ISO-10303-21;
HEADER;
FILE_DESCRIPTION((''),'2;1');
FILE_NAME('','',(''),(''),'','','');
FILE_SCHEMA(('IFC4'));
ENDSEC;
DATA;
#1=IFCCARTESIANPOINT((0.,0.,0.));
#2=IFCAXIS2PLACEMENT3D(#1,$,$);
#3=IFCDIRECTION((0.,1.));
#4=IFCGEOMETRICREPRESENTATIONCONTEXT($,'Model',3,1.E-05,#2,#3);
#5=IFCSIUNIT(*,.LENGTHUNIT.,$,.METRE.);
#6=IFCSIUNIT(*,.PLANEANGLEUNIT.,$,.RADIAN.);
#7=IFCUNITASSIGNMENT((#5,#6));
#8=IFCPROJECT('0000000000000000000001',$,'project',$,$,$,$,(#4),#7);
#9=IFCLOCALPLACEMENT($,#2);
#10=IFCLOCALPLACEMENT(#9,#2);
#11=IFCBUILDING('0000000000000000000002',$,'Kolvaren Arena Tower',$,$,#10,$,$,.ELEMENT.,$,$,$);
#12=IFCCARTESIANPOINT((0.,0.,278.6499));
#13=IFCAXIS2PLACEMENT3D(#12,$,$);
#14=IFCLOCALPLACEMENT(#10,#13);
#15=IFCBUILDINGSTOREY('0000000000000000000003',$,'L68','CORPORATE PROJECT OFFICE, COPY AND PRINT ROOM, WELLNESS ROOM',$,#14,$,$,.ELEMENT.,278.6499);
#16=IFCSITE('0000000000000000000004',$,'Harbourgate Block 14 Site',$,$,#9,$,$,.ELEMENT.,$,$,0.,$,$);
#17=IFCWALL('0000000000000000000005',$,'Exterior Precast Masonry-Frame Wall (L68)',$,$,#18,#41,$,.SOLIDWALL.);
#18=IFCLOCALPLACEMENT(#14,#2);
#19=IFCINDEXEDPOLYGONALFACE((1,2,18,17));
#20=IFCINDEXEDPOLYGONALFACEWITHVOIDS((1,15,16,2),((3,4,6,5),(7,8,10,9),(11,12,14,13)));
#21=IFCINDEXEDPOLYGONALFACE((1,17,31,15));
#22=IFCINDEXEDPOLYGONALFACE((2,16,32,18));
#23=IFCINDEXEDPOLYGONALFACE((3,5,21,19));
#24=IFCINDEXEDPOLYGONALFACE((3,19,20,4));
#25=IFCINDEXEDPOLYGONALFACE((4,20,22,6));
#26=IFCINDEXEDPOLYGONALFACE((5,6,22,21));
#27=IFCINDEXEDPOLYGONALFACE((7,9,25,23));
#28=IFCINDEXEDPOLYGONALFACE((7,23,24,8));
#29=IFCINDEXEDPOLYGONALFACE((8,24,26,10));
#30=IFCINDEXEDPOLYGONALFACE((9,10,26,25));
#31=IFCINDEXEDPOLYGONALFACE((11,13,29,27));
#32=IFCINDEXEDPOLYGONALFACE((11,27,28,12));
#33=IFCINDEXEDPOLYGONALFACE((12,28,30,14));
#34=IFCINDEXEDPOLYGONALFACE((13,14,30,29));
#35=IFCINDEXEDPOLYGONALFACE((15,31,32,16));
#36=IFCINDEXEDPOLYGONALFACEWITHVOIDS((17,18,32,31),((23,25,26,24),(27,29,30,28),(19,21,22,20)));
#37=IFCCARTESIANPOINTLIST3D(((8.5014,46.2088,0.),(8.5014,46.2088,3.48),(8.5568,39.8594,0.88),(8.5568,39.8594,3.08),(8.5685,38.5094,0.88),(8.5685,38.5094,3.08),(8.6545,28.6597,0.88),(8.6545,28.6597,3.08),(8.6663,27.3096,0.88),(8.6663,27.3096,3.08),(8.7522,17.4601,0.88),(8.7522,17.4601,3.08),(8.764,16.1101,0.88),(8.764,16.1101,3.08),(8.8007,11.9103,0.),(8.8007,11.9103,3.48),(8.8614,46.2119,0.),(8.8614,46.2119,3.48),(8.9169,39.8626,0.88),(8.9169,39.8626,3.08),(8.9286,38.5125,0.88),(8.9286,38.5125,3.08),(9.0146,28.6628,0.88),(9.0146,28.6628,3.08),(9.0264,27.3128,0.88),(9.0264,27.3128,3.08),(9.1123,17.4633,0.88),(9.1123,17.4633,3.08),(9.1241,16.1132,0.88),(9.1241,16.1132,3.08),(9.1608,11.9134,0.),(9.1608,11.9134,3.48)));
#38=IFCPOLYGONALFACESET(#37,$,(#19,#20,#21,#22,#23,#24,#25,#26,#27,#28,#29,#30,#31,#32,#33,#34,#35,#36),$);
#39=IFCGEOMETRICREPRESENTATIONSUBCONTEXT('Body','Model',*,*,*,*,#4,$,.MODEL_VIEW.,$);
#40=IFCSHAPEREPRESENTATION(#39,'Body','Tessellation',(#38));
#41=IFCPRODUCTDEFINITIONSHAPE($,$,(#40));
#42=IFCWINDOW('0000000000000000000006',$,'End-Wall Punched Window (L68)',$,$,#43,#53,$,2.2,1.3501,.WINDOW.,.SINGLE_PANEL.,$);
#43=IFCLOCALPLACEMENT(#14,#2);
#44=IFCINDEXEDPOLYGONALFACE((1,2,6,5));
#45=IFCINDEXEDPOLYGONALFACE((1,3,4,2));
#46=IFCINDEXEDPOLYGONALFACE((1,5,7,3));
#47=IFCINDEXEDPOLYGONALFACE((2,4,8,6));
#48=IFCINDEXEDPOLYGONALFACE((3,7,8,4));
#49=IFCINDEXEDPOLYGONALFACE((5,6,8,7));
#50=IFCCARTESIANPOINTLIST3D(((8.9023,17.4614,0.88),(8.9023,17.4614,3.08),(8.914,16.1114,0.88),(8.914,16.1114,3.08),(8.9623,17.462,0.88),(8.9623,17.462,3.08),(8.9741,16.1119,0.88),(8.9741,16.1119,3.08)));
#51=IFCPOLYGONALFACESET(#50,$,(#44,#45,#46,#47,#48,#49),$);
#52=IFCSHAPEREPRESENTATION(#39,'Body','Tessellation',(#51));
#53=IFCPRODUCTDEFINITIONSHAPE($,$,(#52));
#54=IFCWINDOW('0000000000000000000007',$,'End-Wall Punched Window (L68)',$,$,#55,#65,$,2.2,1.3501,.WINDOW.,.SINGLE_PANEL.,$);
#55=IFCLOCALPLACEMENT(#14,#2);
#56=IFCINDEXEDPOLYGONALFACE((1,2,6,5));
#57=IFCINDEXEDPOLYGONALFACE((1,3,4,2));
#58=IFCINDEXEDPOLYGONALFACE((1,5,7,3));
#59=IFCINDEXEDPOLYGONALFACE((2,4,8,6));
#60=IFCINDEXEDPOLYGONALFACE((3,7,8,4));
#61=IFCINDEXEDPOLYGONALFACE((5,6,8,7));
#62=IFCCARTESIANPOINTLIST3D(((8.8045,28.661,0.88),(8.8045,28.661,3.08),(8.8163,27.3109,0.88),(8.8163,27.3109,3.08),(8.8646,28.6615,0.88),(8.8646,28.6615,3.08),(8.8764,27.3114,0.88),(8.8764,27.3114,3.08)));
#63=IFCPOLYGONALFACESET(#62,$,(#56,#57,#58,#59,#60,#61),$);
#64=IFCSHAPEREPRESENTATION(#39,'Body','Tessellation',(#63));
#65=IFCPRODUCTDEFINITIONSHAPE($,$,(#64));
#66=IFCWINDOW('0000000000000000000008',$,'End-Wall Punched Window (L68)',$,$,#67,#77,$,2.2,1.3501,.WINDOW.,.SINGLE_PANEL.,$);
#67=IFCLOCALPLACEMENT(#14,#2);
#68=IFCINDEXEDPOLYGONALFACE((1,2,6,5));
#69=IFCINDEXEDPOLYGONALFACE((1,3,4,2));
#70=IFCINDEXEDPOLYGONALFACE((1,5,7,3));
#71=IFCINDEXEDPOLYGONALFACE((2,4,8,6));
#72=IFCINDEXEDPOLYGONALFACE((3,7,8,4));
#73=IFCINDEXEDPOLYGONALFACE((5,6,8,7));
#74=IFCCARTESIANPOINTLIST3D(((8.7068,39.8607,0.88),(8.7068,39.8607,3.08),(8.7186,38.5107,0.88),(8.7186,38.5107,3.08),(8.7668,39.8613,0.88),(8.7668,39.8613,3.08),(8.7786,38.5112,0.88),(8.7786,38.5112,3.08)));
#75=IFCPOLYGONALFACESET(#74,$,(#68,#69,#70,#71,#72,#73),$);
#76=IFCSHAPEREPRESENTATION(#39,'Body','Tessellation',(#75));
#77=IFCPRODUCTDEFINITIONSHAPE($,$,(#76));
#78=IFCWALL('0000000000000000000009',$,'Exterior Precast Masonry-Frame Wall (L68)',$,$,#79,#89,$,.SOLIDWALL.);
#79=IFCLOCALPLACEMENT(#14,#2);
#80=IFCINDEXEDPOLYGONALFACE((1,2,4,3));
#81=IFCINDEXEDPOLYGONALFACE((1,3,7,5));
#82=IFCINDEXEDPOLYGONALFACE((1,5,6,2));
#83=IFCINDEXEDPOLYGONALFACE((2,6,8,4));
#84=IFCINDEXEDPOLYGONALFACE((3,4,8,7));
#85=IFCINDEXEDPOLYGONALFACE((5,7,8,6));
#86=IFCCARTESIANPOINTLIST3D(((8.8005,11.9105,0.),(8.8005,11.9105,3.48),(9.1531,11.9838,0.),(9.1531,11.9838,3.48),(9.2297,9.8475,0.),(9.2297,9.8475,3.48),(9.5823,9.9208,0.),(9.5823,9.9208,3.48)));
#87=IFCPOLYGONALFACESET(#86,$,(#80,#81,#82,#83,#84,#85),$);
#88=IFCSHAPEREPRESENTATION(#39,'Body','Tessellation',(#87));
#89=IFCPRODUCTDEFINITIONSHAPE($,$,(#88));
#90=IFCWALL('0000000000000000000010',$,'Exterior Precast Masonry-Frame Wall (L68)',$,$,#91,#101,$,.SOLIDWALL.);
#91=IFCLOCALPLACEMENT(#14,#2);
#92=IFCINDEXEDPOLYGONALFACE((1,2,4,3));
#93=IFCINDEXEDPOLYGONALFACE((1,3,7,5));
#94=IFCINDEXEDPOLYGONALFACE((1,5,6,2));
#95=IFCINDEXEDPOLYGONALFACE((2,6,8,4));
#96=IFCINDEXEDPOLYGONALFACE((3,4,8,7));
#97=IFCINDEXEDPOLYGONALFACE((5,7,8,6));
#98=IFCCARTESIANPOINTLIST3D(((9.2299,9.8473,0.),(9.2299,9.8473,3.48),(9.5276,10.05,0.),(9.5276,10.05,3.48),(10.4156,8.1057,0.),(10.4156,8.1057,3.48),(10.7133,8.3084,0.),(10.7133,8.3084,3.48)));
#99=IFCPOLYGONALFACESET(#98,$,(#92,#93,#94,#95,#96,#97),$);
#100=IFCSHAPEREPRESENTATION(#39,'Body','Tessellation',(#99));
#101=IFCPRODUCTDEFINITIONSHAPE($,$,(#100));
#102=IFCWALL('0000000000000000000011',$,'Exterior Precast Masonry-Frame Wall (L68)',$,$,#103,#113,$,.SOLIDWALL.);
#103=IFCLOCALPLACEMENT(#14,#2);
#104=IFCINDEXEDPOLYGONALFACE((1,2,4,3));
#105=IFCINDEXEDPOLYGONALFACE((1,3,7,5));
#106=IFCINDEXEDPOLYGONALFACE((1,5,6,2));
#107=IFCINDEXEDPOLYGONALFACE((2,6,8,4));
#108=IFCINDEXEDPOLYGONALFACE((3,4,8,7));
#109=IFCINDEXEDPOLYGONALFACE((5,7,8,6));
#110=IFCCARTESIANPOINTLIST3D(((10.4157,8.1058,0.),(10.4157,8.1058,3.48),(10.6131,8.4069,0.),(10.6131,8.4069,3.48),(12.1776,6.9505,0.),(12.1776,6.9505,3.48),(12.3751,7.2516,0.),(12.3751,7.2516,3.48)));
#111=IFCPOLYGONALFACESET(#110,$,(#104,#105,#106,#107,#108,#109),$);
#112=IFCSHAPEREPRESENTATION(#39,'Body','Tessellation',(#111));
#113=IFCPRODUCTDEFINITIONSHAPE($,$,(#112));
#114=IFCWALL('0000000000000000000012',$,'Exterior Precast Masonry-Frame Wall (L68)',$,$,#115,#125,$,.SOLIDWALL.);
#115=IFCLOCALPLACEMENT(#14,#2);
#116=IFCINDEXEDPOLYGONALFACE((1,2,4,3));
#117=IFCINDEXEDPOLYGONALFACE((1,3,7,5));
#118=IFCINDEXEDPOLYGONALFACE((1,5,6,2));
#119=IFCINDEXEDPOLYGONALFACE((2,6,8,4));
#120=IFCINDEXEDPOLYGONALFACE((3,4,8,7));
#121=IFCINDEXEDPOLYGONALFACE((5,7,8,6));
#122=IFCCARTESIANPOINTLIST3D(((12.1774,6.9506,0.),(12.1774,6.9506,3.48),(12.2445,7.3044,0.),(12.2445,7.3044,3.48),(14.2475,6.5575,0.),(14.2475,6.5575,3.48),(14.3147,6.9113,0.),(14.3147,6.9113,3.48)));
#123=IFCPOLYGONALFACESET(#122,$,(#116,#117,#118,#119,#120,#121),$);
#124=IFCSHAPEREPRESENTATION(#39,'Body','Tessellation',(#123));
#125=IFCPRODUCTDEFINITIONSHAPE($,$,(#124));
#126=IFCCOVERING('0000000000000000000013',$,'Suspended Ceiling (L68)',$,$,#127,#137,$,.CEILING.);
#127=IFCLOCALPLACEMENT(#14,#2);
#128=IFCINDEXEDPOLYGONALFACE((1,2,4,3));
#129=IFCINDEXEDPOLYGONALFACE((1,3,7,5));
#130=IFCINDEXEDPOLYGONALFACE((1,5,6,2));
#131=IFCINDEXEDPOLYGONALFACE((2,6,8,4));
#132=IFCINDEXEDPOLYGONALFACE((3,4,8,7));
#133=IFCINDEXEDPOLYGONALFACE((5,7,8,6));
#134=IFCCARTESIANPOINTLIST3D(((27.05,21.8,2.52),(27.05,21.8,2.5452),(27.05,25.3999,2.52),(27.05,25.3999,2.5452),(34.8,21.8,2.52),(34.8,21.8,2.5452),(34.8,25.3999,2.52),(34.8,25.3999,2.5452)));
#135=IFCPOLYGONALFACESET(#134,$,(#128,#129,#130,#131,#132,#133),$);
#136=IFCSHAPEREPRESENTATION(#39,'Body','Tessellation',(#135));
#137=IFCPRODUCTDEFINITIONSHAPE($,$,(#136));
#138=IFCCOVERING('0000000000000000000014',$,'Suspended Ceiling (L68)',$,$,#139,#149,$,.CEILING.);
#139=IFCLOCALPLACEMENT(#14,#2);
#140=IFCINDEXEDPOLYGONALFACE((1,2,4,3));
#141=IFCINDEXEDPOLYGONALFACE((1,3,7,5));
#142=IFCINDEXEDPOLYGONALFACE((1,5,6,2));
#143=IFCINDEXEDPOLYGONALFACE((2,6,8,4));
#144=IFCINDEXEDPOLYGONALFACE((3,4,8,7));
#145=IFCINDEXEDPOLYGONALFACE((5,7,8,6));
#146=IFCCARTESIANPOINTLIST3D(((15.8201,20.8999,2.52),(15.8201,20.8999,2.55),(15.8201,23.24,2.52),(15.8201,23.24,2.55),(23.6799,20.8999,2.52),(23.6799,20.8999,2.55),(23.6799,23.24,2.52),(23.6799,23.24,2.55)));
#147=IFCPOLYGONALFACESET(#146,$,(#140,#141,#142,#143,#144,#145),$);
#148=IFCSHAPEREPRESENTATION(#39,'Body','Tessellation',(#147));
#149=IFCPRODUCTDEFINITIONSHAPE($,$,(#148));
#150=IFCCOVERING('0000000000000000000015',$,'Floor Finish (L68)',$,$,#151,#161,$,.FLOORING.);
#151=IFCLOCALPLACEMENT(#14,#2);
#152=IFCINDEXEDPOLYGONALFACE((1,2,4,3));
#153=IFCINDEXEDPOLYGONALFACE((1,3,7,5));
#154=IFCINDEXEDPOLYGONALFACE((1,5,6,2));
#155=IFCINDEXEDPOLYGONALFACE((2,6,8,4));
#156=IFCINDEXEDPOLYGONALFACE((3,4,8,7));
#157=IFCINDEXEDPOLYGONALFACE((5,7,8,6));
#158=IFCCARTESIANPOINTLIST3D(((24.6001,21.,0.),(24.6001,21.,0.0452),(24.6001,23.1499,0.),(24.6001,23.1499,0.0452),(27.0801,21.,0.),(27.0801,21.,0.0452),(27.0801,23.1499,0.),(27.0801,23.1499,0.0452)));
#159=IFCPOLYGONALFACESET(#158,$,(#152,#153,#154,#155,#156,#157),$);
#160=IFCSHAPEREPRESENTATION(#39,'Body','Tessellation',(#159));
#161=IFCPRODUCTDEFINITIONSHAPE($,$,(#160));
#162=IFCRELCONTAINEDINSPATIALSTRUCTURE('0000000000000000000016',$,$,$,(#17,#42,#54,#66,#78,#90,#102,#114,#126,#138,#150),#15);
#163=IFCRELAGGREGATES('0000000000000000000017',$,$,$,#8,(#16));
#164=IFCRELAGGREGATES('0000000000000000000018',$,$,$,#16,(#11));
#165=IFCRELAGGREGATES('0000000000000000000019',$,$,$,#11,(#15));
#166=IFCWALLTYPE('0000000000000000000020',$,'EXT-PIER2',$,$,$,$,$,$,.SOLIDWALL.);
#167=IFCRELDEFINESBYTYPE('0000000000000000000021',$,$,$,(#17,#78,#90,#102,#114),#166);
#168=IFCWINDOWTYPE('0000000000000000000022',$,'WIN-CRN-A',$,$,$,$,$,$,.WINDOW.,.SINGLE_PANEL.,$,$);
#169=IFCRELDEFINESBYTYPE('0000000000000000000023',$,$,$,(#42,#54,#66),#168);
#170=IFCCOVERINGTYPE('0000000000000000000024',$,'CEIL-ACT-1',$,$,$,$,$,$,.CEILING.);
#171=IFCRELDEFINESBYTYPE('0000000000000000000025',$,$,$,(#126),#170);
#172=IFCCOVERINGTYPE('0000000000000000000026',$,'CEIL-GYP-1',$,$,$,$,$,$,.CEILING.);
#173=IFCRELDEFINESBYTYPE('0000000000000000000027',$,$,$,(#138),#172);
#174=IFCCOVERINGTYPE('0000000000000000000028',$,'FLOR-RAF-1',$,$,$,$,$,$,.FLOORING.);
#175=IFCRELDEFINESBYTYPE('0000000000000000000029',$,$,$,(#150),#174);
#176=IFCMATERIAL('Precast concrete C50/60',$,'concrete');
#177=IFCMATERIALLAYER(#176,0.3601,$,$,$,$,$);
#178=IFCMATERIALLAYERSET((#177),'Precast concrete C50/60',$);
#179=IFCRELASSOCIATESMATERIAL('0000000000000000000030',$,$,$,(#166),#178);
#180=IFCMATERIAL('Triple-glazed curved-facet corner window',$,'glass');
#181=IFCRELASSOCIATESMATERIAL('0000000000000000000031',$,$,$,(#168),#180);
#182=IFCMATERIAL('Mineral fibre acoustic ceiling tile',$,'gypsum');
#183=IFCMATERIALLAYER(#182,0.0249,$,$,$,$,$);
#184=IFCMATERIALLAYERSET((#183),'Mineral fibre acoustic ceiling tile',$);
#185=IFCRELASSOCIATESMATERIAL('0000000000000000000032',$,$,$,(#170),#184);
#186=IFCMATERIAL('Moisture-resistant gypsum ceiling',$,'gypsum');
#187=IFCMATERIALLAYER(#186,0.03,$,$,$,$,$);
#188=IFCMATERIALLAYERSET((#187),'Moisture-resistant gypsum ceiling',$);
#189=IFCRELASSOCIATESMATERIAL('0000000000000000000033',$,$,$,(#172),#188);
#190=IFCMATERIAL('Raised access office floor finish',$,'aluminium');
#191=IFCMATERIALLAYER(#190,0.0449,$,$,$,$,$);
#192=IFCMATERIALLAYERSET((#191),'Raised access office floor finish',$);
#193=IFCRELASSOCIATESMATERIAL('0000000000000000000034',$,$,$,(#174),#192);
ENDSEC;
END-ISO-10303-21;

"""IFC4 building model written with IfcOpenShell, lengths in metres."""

from ifc_helpers import new_model, si_unit, direction, frame, frame_2d, origin, place, context, subcontext, project, spatial, polyline, rectangle, outline, extrude, material, layer, layer_set, type_object, element, fill, save


model = new_model("IFC4")

# Units and contexts
model_context = context("Model", 3, precision=1e-05, world=origin(), true_north=direction((0.0, 1.0)))
body_context = subcontext(model_context, "Body", "Model", "MODEL_VIEW")
ifc_project = project(units=[si_unit("LENGTHUNIT", "METRE"), si_unit("PLANEANGLEUNIT", "RADIAN")], contexts=[model_context])

# Site, building, storey
site_placement = place(None, origin())
site = spatial("IfcSite", under=ifc_project, at=site_placement, Name="Harbourgate Block 14 Site", CompositionType="ELEMENT", RefElevation=0.0)
building_placement = place(site_placement, origin())
building = spatial("IfcBuilding", under=site, at=building_placement, Name="Kolvaren Arena Tower", CompositionType="ELEMENT")
storey_placement = place(building_placement, frame((0.0, 0.0, 278.6499)))
storey = spatial("IfcBuildingStorey", under=building, at=storey_placement, Name="L68", Description="CORPORATE PROJECT OFFICE, COPY AND PRINT ROOM, WELLNESS ROOM", CompositionType="ELEMENT", Elevation=278.6499)

# Shared definitions
ifc_material_1 = material(Name="Precast concrete C50/60", Category="concrete")

# Wall, openings, windows
ifc_layer_1 = layer(ifc_material_1, 0.3601)
ifc_layer_set_1 = layer_set([ifc_layer_1], Name="Precast concrete C50/60")
wall_type = type_object("IfcWallType", Name="EXT-PIER2", PredefinedType="SOLIDWALL", material=ifc_layer_set_1)
wall_1_placement = place(storey_placement, frame((8.9807, 11.9119, 0.0), z_axis=(0.0, 0.0, 1.0), x_axis=(-0.008726, 0.999962, 0.0)))
wall_1 = element("IfcWall", 1, at=wall_1_placement, inside=storey, type_object=wall_type, Name="Exterior Precast Masonry-Frame Wall (L68)", PredefinedType="SOLIDWALL", context=body_context, shape_type="SweptSolid", body=[
    extrude(rectangle(XDim=34.2998, YDim=0.3601, at=frame_2d((17.1499, 0.0))), origin(), (0.0, 0.0, 1.0), 3.48),
])
opening_1_placement = place(wall_1_placement, frame((4.2, 0.0, 0.8799)))
opening_1 = element("IfcOpeningElement", 2, at=opening_1_placement, cuts=wall_1, PredefinedType="OPENING", context=body_context, shape_type="SweptSolid", body=[
    extrude(rectangle(XDim=1.3501, YDim=2.2, at=frame_2d((0.675, 1.1001))), frame((0.0, 0.1899, 0.0), z_axis=(0.0, -1.0, 0.0), x_axis=(1.0, 0.0, 0.0)), (0.0, 0.0, 1.0), 0.3801),
])
opening_2_placement = place(wall_1_placement, frame((15.3999, 0.0, 0.8799)))
opening_2 = element("IfcOpeningElement", 3, at=opening_2_placement, cuts=wall_1, PredefinedType="OPENING", context=body_context, shape_type="SweptSolid", body=[
    extrude(rectangle(XDim=1.3501, YDim=2.2, at=frame_2d((0.675, 1.1001))), frame((0.0, 0.1899, 0.0), z_axis=(0.0, -1.0, 0.0), x_axis=(1.0, 0.0, 0.0)), (0.0, 0.0, 1.0), 0.3801),
])
opening_3_placement = place(wall_1_placement, frame((26.6001, 0.0, 0.8799)))
opening_3 = element("IfcOpeningElement", 4, at=opening_3_placement, cuts=wall_1, PredefinedType="OPENING", context=body_context, shape_type="SweptSolid", body=[
    extrude(rectangle(XDim=1.3501, YDim=2.2, at=frame_2d((0.675, 1.1001))), frame((0.0, 0.1899, 0.0), z_axis=(0.0, -1.0, 0.0), x_axis=(1.0, 0.0, 0.0)), (0.0, 0.0, 1.0), 0.3801),
])
ifc_material_2 = material(Name="Triple-glazed curved-facet corner window", Category="glass")
window_type = type_object("IfcWindowType", Name="WIN-CRN-A", PartitioningType="SINGLE_PANEL", PredefinedType="WINDOW", material=ifc_material_2)
window_1_placement = place(opening_1_placement, origin())
window_1 = element("IfcWindow", 5, at=window_1_placement, inside=storey, type_object=window_type, Name="End-Wall Punched Window (L68)", OverallHeight=2.2, OverallWidth=1.3501, PartitioningType="SINGLE_PANEL", PredefinedType="WINDOW", context=body_context, shape_type="SweptSolid", body=[
    extrude(rectangle(XDim=1.3501, YDim=2.2, at=frame_2d((0.675, 1.1001))), frame((0.0, 0.03, 0.0), z_axis=(0.0, -1.0, 0.0), x_axis=(1.0, 0.0, 0.0)), (0.0, 0.0, 1.0), 0.0601),
])
fill(opening_1, window_1)
window_2_placement = place(opening_2_placement, origin())
window_2 = element("IfcWindow", 6, at=window_2_placement, inside=storey, type_object=window_type, Name="End-Wall Punched Window (L68)", OverallHeight=2.2, OverallWidth=1.3501, PartitioningType="SINGLE_PANEL", PredefinedType="WINDOW", context=body_context, shape_type="SweptSolid", body=[
    extrude(rectangle(XDim=1.3501, YDim=2.2, at=frame_2d((0.675, 1.1001))), frame((0.0, 0.03, 0.0), z_axis=(0.0, -1.0, 0.0), x_axis=(1.0, 0.0, 0.0)), (0.0, 0.0, 1.0), 0.0601),
])
fill(opening_2, window_2)
window_3_placement = place(opening_3_placement, origin())
window_3 = element("IfcWindow", 7, at=window_3_placement, inside=storey, type_object=window_type, Name="End-Wall Punched Window (L68)", OverallHeight=2.2, OverallWidth=1.3501, PartitioningType="SINGLE_PANEL", PredefinedType="WINDOW", context=body_context, shape_type="SweptSolid", body=[
    extrude(rectangle(XDim=1.3501, YDim=2.2, at=frame_2d((0.675, 1.1001))), frame((0.0, 0.03, 0.0), z_axis=(0.0, -1.0, 0.0), x_axis=(1.0, 0.0, 0.0)), (0.0, 0.0, 1.0), 0.0601),
])
fill(opening_3, window_3)

# Walls
wall_2_placement = place(storey_placement, frame((9.406, 9.884, 0.0), z_axis=(0.0, 0.0, 1.0), x_axis=(-0.203686, 0.979036, 0.0)))
element("IfcWall", 8, at=wall_2_placement, inside=storey, type_object=wall_type, Name="Exterior Precast Masonry-Frame Wall (L68)", PredefinedType="SOLIDWALL", context=body_context, shape_type="SweptSolid", body=[
    extrude(rectangle(XDim=2.1072, YDim=0.3601, at=frame_2d((1.0537, 0.0))), origin(), (0.0, 0.0, 1.0), 3.48),
])
for number, where, z_axis, x_axis, name in (
    (9, (10.5645, 8.207, 0.0), (0.0, 0.0, 1.0), (-0.562776, 0.82661, 0.0), "Exterior Precast Masonry-Frame Wall (L68)"),
    (10, (12.2764, 7.1011, 0.0), (0.0, 0.0, 1.0), (-0.836269, 0.54832, 0.0), "Exterior Precast Masonry-Frame Wall (L68)"),
):
    element("IfcWall", number, at=place(storey_placement, frame(where, z_axis=z_axis, x_axis=x_axis)), inside=storey, type_object=wall_type, Name=name, PredefinedType="SOLIDWALL", context=body_context, shape_type="SweptSolid", body=[
        extrude(rectangle(XDim=2.1069, YDim=0.3601, at=frame_2d((1.0535, 0.0))), origin(), (0.0, 0.0, 1.0), 3.48),
    ])
wall_3_placement = place(storey_placement, frame((14.2812, 6.7344, 0.0), z_axis=(0.0, 0.0, 1.0), x_axis=(-0.982446, 0.186548, 0.0)))
element("IfcWall", 11, at=wall_3_placement, inside=storey, type_object=wall_type, Name="Exterior Precast Masonry-Frame Wall (L68)", PredefinedType="SOLIDWALL", context=body_context, shape_type="SweptSolid", body=[
    extrude(rectangle(XDim=2.1072, YDim=0.3601, at=frame_2d((1.0537, 0.0))), origin(), (0.0, 0.0, 1.0), 3.48),
])

# Coverings
ifc_material_3 = material(Name="Mineral fibre acoustic ceiling tile", Category="gypsum")
ifc_layer_2 = layer(ifc_material_3, 0.0249)
ifc_layer_set_2 = layer_set([ifc_layer_2], Name="Mineral fibre acoustic ceiling tile")
covering_type_1 = type_object("IfcCoveringType", Name="CEIL-ACT-1", PredefinedType="CEILING", material=ifc_layer_set_2)
covering_1_placement = place(storey_placement, frame((0.0, 0.0, 2.52)))
element("IfcCovering", 12, at=covering_1_placement, inside=storey, type_object=covering_type_1, Name="Suspended Ceiling (L68)", PredefinedType="CEILING", context=body_context, shape_type="SweptSolid", body=[
    extrude(outline(polyline([(27.05, 21.8), (27.05, 25.3999), (34.8, 25.3999), (34.8, 21.8), (27.05, 21.8)])), origin(), (0.0, 0.0, 1.0), 0.0251),
])
ifc_material_4 = material(Name="Moisture-resistant gypsum ceiling", Category="gypsum")
ifc_layer_3 = layer(ifc_material_4, 0.03)
ifc_layer_set_3 = layer_set([ifc_layer_3], Name="Moisture-resistant gypsum ceiling")
covering_type_2 = type_object("IfcCoveringType", Name="CEIL-GYP-1", PredefinedType="CEILING", material=ifc_layer_set_3)
covering_2_placement = place(storey_placement, frame((0.0, 0.0, 2.52)))
element("IfcCovering", 13, at=covering_2_placement, inside=storey, type_object=covering_type_2, Name="Suspended Ceiling (L68)", PredefinedType="CEILING", context=body_context, shape_type="SweptSolid", body=[
    extrude(outline(polyline([(15.8201, 20.8999), (15.8201, 23.24), (23.6799, 23.24), (23.6799, 20.8999), (15.8201, 20.8999)])), origin(), (0.0, 0.0, 1.0), 0.03),
])
ifc_material_5 = material(Name="Raised access office floor finish", Category="aluminium")
ifc_layer_4 = layer(ifc_material_5, 0.0449)
ifc_layer_set_4 = layer_set([ifc_layer_4], Name="Raised access office floor finish")
covering_type_3 = type_object("IfcCoveringType", Name="FLOR-RAF-1", PredefinedType="FLOORING", material=ifc_layer_set_4)
covering_3_placement = place(storey_placement, origin())
element("IfcCovering", 14, at=covering_3_placement, inside=storey, type_object=covering_type_3, Name="Floor Finish (L68)", PredefinedType="FLOORING", context=body_context, shape_type="SweptSolid", body=[
    extrude(outline(polyline([(24.6001, 21.0), (24.6001, 23.1499), (27.0801, 23.1499), (27.0801, 21.0), (24.6001, 21.0)])), origin(), (0.0, 0.0, 1.0), 0.0452),
])

save(model, "model.ifc")
